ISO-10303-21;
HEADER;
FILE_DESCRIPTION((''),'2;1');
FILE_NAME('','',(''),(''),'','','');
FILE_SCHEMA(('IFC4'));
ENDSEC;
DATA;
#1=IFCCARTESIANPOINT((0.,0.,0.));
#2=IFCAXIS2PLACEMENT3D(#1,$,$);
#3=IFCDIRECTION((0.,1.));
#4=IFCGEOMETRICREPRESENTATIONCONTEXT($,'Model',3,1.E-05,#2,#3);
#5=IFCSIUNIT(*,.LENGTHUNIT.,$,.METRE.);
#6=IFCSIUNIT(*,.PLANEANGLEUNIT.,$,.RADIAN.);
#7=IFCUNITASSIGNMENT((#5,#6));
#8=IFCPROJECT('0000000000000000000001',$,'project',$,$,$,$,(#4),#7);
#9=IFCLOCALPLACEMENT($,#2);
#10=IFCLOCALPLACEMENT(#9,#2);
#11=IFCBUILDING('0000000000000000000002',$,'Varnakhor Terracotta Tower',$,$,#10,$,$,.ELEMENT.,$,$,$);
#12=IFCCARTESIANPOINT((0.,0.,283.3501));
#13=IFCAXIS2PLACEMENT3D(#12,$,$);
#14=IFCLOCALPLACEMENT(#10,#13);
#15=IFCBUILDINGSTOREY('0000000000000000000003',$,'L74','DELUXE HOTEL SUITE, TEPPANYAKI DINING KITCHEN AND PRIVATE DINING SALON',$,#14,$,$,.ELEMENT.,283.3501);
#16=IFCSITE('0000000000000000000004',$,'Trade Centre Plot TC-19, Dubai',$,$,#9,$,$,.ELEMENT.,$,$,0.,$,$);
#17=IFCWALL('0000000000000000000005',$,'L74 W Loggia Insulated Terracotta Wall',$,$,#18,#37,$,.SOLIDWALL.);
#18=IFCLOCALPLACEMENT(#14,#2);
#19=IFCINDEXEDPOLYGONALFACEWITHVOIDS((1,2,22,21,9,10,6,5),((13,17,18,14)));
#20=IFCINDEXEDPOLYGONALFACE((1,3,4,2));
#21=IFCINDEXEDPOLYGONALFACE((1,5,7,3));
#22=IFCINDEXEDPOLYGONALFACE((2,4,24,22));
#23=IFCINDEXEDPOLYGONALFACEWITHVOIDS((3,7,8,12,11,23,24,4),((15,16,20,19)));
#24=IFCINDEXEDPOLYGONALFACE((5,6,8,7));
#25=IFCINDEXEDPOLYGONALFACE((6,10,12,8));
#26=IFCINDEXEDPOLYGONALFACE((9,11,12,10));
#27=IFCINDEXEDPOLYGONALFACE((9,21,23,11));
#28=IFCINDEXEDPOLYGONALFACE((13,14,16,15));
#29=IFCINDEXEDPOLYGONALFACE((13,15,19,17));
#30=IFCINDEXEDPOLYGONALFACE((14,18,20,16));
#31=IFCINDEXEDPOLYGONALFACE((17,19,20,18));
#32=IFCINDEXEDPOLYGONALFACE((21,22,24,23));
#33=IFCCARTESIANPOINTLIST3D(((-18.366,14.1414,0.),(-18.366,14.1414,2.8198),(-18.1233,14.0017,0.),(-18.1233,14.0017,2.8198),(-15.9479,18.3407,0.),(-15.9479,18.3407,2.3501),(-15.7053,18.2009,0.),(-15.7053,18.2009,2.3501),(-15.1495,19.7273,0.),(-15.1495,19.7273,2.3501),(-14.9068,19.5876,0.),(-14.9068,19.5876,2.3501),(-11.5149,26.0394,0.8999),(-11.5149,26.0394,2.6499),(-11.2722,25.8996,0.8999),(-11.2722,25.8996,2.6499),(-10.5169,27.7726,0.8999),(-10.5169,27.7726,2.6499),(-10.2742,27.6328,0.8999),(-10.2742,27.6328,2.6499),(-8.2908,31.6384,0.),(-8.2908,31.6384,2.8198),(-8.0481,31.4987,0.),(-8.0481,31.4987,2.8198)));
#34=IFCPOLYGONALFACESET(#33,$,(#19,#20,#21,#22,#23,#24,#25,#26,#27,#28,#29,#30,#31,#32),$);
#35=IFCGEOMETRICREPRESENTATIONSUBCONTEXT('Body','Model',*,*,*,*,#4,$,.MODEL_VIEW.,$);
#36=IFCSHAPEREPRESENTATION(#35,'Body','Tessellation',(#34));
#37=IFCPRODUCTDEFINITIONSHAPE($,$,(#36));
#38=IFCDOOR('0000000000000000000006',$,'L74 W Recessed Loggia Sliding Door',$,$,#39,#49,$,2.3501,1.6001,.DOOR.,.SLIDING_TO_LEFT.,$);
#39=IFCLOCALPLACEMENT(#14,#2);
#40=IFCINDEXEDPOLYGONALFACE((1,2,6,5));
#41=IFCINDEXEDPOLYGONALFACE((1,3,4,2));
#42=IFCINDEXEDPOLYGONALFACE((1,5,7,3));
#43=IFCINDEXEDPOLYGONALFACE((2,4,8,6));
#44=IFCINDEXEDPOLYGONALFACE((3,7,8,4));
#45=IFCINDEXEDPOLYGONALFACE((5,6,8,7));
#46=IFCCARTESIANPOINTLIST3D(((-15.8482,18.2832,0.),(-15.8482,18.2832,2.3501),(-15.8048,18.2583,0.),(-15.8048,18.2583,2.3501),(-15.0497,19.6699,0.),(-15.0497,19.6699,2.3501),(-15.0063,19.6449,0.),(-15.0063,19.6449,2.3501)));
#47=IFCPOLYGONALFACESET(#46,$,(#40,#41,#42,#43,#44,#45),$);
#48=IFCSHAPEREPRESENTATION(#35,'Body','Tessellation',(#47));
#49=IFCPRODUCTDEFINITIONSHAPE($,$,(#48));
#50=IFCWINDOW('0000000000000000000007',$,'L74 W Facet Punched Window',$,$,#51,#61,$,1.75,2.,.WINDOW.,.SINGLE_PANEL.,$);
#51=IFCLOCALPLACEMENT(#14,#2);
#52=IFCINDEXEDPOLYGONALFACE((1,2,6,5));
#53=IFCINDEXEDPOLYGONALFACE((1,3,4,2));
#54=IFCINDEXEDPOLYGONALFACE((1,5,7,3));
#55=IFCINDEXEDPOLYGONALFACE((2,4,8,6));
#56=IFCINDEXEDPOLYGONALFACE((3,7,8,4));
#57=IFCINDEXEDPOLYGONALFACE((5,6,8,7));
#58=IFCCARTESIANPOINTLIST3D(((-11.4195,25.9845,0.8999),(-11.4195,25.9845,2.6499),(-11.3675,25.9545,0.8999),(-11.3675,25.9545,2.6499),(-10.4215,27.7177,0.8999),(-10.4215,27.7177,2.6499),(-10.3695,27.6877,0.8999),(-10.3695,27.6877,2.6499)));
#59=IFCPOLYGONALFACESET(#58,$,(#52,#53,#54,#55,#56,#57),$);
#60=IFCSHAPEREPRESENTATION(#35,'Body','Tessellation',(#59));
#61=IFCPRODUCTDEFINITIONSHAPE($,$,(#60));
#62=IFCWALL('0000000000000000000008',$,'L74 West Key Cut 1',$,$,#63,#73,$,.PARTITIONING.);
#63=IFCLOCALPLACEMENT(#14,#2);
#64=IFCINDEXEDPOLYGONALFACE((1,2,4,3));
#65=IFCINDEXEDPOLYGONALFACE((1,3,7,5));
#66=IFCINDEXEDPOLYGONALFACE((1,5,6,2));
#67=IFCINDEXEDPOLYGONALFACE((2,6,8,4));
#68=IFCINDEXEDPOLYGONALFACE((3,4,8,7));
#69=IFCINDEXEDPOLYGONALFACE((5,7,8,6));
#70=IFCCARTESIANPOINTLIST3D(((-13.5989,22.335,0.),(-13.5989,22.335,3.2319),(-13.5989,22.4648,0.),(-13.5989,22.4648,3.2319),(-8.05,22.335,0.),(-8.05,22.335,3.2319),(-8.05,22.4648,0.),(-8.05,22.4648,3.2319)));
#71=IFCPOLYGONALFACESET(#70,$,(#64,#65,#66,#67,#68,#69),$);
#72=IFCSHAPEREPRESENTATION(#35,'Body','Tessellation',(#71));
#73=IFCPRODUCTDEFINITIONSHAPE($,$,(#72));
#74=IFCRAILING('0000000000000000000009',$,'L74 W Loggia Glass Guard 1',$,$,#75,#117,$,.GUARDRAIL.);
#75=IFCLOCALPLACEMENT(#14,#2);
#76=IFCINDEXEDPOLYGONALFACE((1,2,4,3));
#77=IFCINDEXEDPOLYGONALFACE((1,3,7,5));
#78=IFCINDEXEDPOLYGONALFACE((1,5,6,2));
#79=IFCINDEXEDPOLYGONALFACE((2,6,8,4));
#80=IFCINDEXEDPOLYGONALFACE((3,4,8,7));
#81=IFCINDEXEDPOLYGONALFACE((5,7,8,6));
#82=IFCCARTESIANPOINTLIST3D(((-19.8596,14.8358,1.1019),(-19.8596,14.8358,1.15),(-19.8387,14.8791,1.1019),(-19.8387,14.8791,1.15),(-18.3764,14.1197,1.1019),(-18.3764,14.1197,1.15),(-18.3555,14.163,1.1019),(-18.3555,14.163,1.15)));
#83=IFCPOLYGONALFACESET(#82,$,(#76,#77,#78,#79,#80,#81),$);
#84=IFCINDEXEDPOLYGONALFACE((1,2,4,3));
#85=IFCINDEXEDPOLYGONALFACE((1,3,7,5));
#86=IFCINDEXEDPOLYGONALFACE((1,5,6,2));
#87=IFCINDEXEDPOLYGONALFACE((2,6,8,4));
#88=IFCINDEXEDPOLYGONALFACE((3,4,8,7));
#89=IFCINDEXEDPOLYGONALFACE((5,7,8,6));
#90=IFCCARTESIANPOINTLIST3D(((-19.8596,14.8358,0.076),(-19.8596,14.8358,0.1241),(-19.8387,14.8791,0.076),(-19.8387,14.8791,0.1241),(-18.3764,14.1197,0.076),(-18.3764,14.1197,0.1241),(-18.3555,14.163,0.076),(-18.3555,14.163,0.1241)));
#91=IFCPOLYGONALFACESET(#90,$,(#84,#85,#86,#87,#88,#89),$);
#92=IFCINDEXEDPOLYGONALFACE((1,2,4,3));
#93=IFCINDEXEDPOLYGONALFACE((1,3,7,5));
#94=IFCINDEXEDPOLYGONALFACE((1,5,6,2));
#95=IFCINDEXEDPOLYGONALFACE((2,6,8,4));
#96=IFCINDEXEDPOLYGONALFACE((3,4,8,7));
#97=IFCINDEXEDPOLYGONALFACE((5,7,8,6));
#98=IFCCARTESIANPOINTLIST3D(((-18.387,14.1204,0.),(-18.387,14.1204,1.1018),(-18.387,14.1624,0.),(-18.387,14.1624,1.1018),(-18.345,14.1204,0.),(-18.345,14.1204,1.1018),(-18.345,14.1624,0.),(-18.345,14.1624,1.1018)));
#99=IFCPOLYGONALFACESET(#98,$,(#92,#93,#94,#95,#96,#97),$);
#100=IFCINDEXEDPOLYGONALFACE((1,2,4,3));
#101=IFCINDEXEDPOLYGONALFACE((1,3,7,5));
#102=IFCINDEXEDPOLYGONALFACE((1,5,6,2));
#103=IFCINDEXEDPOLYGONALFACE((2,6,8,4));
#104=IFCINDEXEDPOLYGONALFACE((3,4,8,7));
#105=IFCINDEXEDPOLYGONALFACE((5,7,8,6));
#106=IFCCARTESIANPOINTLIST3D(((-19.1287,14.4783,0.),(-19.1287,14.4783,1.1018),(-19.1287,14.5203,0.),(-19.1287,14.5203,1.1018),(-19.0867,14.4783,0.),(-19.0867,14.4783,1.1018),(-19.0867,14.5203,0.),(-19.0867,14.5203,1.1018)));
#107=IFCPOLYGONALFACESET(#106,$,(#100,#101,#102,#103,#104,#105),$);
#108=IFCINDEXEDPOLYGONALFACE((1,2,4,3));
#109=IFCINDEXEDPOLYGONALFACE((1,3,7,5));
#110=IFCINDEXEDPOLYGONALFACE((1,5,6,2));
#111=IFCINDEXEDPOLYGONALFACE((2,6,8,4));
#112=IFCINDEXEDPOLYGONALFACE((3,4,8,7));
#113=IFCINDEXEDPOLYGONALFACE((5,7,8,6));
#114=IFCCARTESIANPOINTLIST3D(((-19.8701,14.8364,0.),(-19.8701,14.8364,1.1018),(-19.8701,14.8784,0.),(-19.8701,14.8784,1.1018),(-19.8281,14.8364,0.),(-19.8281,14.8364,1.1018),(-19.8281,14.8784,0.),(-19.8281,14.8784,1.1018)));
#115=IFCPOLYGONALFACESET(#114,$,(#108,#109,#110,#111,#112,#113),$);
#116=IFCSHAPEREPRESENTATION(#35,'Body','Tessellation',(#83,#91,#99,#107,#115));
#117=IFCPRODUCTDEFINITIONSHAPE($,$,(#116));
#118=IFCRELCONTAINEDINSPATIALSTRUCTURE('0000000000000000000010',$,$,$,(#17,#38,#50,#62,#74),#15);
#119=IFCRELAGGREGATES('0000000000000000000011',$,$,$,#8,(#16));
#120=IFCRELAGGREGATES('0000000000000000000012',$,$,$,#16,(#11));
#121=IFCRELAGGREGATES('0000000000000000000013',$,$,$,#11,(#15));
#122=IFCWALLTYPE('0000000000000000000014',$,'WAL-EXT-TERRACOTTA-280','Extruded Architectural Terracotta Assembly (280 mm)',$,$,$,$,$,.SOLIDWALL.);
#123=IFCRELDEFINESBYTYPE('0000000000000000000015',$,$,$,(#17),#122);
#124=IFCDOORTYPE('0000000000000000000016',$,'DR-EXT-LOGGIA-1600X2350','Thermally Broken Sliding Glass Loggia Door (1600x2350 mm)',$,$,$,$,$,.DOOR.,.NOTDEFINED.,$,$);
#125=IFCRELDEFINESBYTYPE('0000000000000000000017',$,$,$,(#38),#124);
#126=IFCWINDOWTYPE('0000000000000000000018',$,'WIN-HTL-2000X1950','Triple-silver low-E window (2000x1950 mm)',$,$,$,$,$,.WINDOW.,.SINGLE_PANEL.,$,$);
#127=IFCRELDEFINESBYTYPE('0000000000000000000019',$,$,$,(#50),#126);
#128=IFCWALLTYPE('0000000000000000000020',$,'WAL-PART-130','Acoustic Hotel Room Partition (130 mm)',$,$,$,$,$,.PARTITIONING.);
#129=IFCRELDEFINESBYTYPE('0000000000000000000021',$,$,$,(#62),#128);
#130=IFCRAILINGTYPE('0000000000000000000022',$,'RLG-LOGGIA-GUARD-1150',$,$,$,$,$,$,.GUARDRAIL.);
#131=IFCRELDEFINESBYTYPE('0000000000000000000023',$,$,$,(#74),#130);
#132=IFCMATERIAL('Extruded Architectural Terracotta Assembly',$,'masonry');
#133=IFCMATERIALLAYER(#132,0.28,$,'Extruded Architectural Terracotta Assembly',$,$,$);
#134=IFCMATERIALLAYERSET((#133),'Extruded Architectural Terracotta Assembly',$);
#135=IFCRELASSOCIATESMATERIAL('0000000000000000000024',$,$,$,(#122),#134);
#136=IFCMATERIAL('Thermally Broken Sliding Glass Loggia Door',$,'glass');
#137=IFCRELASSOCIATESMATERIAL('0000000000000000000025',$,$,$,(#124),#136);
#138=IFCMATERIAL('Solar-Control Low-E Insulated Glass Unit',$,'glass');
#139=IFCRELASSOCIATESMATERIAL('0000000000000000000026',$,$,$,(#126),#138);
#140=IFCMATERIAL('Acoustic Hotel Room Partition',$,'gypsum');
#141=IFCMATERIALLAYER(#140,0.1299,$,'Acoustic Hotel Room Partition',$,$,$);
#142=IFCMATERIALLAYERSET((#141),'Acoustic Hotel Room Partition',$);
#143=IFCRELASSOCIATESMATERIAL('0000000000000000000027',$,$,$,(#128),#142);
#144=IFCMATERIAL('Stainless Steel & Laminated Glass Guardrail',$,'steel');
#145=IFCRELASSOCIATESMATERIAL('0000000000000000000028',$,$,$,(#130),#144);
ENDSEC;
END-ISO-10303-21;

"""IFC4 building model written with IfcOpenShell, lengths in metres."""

from ifc_helpers import new_model, si_unit, direction, frame, frame_2d, origin, origin_2d, place, context, subcontext, project, spatial, rectangle, extrude, source, transform, mapped, material, layer, layer_set, type_object, type_shapes, element, fill, save


model = new_model("IFC4")

# Units and contexts
model_context = context("Model", 3, precision=1e-05, world=origin(), true_north=direction((0.0, 1.0)))
body_context = subcontext(model_context, "Body", "Model", "MODEL_VIEW")
ifc_project = project(units=[si_unit("LENGTHUNIT", "METRE"), si_unit("PLANEANGLEUNIT", "RADIAN")], contexts=[model_context])

# Site, building, storey
site_placement = place(None, origin())
site = spatial("IfcSite", under=ifc_project, at=site_placement, Name="Trade Centre Plot TC-19, Dubai", CompositionType="ELEMENT", RefElevation=0.0)
building_placement = place(site_placement, origin())
building = spatial("IfcBuilding", under=site, at=building_placement, Name="Varnakhor Terracotta Tower", CompositionType="ELEMENT")
storey_placement = place(building_placement, frame((0.0, 0.0, 283.3501)))
storey = spatial("IfcBuildingStorey", under=building, at=storey_placement, Name="L74", Description="DELUXE HOTEL SUITE, TEPPANYAKI DINING KITCHEN AND PRIVATE DINING SALON", CompositionType="ELEMENT", Elevation=283.3501)

# Wall, openings, door, window
ifc_material_1 = material(Name="Extruded Architectural Terracotta Assembly", Category="masonry")
ifc_layer_1 = layer(ifc_material_1, 0.28, Name="Extruded Architectural Terracotta Assembly")
ifc_layer_set_1 = layer_set([ifc_layer_1], Name="Extruded Architectural Terracotta Assembly")
wall_type_1 = type_object("IfcWallType", Name="WAL-EXT-TERRACOTTA-280", Description="Extruded Architectural Terracotta Assembly (280 mm)", PredefinedType="SOLIDWALL", material=ifc_layer_set_1)
wall_1_placement = place(storey_placement, frame((-18.2446, 14.0715, 0.0), z_axis=(0.0, 0.0, 1.0), x_axis=(0.499006, 0.866598, 0.0)))
wall_1 = element("IfcWall", 1, at=wall_1_placement, inside=storey, type_object=wall_type_1, Name="L74 W Loggia Insulated Terracotta Wall", PredefinedType="SOLIDWALL", context=body_context, shape_type="SweptSolid", body=[
    extrude(rectangle(XDim=20.1904, YDim=0.28, at=frame_2d((10.0952, 0.0))), origin(), (0.0, 0.0, 1.0), 2.8198),
])
opening_1_placement = place(wall_1_placement, frame((4.8457, 0.0, 0.0)))
opening_1 = element("IfcOpeningElement", 2, at=opening_1_placement, cuts=wall_1, PredefinedType="OPENING", context=body_context, shape_type="SweptSolid", body=[
    extrude(rectangle(XDim=1.6001, YDim=2.3501, at=frame_2d((0.8, 1.175))), frame((0.0, 0.1499, 0.0), z_axis=(0.0, -1.0, 0.0), x_axis=(1.0, 0.0, 0.0)), (0.0, 0.0, 1.0), 0.3),
])
opening_2_placement = place(wall_1_placement, frame((13.7295, 0.0, 0.8999)))
opening_2 = element("IfcOpeningElement", 3, at=opening_2_placement, cuts=wall_1, PredefinedType="OPENING", context=body_context, shape_type="SweptSolid", body=[
    extrude(rectangle(XDim=2.0, YDim=1.75, at=frame_2d((1.0, 0.875))), frame((0.0, 0.1499, 0.0), z_axis=(0.0, -1.0, 0.0), x_axis=(1.0, 0.0, 0.0)), (0.0, 0.0, 1.0), 0.3),
])
ifc_material_2 = material(Name="Thermally Broken Sliding Glass Loggia Door", Category="glass")
door_type_1 = type_object("IfcDoorType", Name="DR-EXT-LOGGIA-1600X2350", Description="Thermally Broken Sliding Glass Loggia Door (1600x2350 mm)", OperationType="NOTDEFINED", PredefinedType="DOOR", material=ifc_material_2)
shared_shape_1 = source(origin(), body_context, "Body", "SweptSolid", [
    extrude(rectangle(XDim=1.6001, YDim=2.3501, at=frame_2d((0.8, 1.175))), frame((0.0, 0.0249, 0.0), z_axis=(0.0, -1.0, 0.0), x_axis=(1.0, 0.0, 0.0)), (0.0, 0.0, 1.0), 0.05),
])
type_shapes(door_type_1, [shared_shape_1])
door_1_placement = place(opening_1_placement, origin())
door_1 = element("IfcDoor", 4, at=door_1_placement, inside=storey, type_object=door_type_1, Name="L74 W Recessed Loggia Sliding Door", OperationType="SLIDING_TO_LEFT", OverallHeight=2.3501, OverallWidth=1.6001, PredefinedType="DOOR", context=body_context, shape_type="MappedRepresentation", body=[
    mapped(shared_shape_1, transform((0.0, 0.0, 0.0), scale=1.0)),
])
fill(opening_1, door_1)
ifc_material_3 = material(Name="Solar-Control Low-E Insulated Glass Unit", Category="glass")
window_type = type_object("IfcWindowType", Name="WIN-HTL-2000X1950", Description="Triple-silver low-E window (2000x1950 mm)", PartitioningType="SINGLE_PANEL", PredefinedType="WINDOW", material=ifc_material_3)
shared_shape_2 = source(origin(), body_context, "Body", "SweptSolid", [
    extrude(rectangle(XDim=2.0, YDim=1.75, at=frame_2d((1.0, 0.875))), frame((0.0, 0.03, 0.0), z_axis=(0.0, -1.0, 0.0), x_axis=(1.0, 0.0, 0.0)), (0.0, 0.0, 1.0), 0.0601),
])
type_shapes(window_type, [shared_shape_2])
window_placement = place(opening_2_placement, origin())
window = element("IfcWindow", 5, at=window_placement, inside=storey, type_object=window_type, Name="L74 W Facet Punched Window", OverallHeight=1.75, OverallWidth=2.0, PartitioningType="SINGLE_PANEL", PredefinedType="WINDOW", context=body_context, shape_type="MappedRepresentation", body=[
    mapped(shared_shape_2, transform((0.0, 0.0, 0.0), scale=1.0)),
])
fill(opening_2, window)

# Wall
ifc_material_4 = material(Name="Acoustic Hotel Room Partition", Category="gypsum")
ifc_layer_2 = layer(ifc_material_4, 0.1299, Name="Acoustic Hotel Room Partition")
ifc_layer_set_2 = layer_set([ifc_layer_2], Name="Acoustic Hotel Room Partition")
wall_type_2 = type_object("IfcWallType", Name="WAL-PART-130", Description="Acoustic Hotel Room Partition (130 mm)", PredefinedType="PARTITIONING", material=ifc_layer_set_2)
wall_2_placement = place(storey_placement, frame((-13.5989, 22.3999, 0.0), z_axis=(0.0, 0.0, 1.0), x_axis=(1.0, 0.0, 0.0)))
element("IfcWall", 6, at=wall_2_placement, inside=storey, type_object=wall_type_2, Name="L74 West Key Cut 1", PredefinedType="PARTITIONING", context=body_context, shape_type="SweptSolid", body=[
    extrude(rectangle(XDim=5.5488, YDim=0.1299, at=frame_2d((2.7744, 0.0))), origin(), (0.0, 0.0, 1.0), 3.2319),
])

# Railing
ifc_material_5 = material(Name="Stainless Steel & Laminated Glass Guardrail", Category="steel")
railing_type = type_object("IfcRailingType", Name="RLG-LOGGIA-GUARD-1150", PredefinedType="GUARDRAIL", material=ifc_material_5)
railing_1_placement = place(storey_placement, frame((-18.366, 14.1414, 0.0)))
element("IfcRailing", 7, at=railing_1_placement, inside=storey, type_object=railing_type, Name="L74 W Loggia Glass Guard 1", PredefinedType="GUARDRAIL", context=body_context, shape_type="SweptSolid", body=[
    extrude(rectangle(XDim=0.0481, YDim=0.0481, at=origin_2d()), frame((0.0, 0.0, 1.126), z_axis=(-0.900538, 0.434778, 0.0), x_axis=(-0.434778, -0.900538, 0.0)), (0.0, 0.0, 1.0), 1.647),
    extrude(rectangle(XDim=0.0481, YDim=0.0481, at=origin_2d()), frame((0.0, 0.0, 0.1001), z_axis=(-0.900538, 0.434778, 0.0), x_axis=(-0.434778, -0.900538, 0.0)), (0.0, 0.0, 1.0), 1.647),
    extrude(rectangle(XDim=0.042, YDim=0.042, at=origin_2d()), origin(), (0.0, 0.0, 1.0), 1.1018),
    extrude(rectangle(XDim=0.042, YDim=0.042, at=origin_2d()), frame((-0.7417, 0.3579, 0.0)), (0.0, 0.0, 1.0), 1.1018),
    extrude(rectangle(XDim=0.042, YDim=0.042, at=origin_2d()), frame((-1.4832, 0.7161, 0.0)), (0.0, 0.0, 1.0), 1.1018),
])

save(model, "model.ifc")
